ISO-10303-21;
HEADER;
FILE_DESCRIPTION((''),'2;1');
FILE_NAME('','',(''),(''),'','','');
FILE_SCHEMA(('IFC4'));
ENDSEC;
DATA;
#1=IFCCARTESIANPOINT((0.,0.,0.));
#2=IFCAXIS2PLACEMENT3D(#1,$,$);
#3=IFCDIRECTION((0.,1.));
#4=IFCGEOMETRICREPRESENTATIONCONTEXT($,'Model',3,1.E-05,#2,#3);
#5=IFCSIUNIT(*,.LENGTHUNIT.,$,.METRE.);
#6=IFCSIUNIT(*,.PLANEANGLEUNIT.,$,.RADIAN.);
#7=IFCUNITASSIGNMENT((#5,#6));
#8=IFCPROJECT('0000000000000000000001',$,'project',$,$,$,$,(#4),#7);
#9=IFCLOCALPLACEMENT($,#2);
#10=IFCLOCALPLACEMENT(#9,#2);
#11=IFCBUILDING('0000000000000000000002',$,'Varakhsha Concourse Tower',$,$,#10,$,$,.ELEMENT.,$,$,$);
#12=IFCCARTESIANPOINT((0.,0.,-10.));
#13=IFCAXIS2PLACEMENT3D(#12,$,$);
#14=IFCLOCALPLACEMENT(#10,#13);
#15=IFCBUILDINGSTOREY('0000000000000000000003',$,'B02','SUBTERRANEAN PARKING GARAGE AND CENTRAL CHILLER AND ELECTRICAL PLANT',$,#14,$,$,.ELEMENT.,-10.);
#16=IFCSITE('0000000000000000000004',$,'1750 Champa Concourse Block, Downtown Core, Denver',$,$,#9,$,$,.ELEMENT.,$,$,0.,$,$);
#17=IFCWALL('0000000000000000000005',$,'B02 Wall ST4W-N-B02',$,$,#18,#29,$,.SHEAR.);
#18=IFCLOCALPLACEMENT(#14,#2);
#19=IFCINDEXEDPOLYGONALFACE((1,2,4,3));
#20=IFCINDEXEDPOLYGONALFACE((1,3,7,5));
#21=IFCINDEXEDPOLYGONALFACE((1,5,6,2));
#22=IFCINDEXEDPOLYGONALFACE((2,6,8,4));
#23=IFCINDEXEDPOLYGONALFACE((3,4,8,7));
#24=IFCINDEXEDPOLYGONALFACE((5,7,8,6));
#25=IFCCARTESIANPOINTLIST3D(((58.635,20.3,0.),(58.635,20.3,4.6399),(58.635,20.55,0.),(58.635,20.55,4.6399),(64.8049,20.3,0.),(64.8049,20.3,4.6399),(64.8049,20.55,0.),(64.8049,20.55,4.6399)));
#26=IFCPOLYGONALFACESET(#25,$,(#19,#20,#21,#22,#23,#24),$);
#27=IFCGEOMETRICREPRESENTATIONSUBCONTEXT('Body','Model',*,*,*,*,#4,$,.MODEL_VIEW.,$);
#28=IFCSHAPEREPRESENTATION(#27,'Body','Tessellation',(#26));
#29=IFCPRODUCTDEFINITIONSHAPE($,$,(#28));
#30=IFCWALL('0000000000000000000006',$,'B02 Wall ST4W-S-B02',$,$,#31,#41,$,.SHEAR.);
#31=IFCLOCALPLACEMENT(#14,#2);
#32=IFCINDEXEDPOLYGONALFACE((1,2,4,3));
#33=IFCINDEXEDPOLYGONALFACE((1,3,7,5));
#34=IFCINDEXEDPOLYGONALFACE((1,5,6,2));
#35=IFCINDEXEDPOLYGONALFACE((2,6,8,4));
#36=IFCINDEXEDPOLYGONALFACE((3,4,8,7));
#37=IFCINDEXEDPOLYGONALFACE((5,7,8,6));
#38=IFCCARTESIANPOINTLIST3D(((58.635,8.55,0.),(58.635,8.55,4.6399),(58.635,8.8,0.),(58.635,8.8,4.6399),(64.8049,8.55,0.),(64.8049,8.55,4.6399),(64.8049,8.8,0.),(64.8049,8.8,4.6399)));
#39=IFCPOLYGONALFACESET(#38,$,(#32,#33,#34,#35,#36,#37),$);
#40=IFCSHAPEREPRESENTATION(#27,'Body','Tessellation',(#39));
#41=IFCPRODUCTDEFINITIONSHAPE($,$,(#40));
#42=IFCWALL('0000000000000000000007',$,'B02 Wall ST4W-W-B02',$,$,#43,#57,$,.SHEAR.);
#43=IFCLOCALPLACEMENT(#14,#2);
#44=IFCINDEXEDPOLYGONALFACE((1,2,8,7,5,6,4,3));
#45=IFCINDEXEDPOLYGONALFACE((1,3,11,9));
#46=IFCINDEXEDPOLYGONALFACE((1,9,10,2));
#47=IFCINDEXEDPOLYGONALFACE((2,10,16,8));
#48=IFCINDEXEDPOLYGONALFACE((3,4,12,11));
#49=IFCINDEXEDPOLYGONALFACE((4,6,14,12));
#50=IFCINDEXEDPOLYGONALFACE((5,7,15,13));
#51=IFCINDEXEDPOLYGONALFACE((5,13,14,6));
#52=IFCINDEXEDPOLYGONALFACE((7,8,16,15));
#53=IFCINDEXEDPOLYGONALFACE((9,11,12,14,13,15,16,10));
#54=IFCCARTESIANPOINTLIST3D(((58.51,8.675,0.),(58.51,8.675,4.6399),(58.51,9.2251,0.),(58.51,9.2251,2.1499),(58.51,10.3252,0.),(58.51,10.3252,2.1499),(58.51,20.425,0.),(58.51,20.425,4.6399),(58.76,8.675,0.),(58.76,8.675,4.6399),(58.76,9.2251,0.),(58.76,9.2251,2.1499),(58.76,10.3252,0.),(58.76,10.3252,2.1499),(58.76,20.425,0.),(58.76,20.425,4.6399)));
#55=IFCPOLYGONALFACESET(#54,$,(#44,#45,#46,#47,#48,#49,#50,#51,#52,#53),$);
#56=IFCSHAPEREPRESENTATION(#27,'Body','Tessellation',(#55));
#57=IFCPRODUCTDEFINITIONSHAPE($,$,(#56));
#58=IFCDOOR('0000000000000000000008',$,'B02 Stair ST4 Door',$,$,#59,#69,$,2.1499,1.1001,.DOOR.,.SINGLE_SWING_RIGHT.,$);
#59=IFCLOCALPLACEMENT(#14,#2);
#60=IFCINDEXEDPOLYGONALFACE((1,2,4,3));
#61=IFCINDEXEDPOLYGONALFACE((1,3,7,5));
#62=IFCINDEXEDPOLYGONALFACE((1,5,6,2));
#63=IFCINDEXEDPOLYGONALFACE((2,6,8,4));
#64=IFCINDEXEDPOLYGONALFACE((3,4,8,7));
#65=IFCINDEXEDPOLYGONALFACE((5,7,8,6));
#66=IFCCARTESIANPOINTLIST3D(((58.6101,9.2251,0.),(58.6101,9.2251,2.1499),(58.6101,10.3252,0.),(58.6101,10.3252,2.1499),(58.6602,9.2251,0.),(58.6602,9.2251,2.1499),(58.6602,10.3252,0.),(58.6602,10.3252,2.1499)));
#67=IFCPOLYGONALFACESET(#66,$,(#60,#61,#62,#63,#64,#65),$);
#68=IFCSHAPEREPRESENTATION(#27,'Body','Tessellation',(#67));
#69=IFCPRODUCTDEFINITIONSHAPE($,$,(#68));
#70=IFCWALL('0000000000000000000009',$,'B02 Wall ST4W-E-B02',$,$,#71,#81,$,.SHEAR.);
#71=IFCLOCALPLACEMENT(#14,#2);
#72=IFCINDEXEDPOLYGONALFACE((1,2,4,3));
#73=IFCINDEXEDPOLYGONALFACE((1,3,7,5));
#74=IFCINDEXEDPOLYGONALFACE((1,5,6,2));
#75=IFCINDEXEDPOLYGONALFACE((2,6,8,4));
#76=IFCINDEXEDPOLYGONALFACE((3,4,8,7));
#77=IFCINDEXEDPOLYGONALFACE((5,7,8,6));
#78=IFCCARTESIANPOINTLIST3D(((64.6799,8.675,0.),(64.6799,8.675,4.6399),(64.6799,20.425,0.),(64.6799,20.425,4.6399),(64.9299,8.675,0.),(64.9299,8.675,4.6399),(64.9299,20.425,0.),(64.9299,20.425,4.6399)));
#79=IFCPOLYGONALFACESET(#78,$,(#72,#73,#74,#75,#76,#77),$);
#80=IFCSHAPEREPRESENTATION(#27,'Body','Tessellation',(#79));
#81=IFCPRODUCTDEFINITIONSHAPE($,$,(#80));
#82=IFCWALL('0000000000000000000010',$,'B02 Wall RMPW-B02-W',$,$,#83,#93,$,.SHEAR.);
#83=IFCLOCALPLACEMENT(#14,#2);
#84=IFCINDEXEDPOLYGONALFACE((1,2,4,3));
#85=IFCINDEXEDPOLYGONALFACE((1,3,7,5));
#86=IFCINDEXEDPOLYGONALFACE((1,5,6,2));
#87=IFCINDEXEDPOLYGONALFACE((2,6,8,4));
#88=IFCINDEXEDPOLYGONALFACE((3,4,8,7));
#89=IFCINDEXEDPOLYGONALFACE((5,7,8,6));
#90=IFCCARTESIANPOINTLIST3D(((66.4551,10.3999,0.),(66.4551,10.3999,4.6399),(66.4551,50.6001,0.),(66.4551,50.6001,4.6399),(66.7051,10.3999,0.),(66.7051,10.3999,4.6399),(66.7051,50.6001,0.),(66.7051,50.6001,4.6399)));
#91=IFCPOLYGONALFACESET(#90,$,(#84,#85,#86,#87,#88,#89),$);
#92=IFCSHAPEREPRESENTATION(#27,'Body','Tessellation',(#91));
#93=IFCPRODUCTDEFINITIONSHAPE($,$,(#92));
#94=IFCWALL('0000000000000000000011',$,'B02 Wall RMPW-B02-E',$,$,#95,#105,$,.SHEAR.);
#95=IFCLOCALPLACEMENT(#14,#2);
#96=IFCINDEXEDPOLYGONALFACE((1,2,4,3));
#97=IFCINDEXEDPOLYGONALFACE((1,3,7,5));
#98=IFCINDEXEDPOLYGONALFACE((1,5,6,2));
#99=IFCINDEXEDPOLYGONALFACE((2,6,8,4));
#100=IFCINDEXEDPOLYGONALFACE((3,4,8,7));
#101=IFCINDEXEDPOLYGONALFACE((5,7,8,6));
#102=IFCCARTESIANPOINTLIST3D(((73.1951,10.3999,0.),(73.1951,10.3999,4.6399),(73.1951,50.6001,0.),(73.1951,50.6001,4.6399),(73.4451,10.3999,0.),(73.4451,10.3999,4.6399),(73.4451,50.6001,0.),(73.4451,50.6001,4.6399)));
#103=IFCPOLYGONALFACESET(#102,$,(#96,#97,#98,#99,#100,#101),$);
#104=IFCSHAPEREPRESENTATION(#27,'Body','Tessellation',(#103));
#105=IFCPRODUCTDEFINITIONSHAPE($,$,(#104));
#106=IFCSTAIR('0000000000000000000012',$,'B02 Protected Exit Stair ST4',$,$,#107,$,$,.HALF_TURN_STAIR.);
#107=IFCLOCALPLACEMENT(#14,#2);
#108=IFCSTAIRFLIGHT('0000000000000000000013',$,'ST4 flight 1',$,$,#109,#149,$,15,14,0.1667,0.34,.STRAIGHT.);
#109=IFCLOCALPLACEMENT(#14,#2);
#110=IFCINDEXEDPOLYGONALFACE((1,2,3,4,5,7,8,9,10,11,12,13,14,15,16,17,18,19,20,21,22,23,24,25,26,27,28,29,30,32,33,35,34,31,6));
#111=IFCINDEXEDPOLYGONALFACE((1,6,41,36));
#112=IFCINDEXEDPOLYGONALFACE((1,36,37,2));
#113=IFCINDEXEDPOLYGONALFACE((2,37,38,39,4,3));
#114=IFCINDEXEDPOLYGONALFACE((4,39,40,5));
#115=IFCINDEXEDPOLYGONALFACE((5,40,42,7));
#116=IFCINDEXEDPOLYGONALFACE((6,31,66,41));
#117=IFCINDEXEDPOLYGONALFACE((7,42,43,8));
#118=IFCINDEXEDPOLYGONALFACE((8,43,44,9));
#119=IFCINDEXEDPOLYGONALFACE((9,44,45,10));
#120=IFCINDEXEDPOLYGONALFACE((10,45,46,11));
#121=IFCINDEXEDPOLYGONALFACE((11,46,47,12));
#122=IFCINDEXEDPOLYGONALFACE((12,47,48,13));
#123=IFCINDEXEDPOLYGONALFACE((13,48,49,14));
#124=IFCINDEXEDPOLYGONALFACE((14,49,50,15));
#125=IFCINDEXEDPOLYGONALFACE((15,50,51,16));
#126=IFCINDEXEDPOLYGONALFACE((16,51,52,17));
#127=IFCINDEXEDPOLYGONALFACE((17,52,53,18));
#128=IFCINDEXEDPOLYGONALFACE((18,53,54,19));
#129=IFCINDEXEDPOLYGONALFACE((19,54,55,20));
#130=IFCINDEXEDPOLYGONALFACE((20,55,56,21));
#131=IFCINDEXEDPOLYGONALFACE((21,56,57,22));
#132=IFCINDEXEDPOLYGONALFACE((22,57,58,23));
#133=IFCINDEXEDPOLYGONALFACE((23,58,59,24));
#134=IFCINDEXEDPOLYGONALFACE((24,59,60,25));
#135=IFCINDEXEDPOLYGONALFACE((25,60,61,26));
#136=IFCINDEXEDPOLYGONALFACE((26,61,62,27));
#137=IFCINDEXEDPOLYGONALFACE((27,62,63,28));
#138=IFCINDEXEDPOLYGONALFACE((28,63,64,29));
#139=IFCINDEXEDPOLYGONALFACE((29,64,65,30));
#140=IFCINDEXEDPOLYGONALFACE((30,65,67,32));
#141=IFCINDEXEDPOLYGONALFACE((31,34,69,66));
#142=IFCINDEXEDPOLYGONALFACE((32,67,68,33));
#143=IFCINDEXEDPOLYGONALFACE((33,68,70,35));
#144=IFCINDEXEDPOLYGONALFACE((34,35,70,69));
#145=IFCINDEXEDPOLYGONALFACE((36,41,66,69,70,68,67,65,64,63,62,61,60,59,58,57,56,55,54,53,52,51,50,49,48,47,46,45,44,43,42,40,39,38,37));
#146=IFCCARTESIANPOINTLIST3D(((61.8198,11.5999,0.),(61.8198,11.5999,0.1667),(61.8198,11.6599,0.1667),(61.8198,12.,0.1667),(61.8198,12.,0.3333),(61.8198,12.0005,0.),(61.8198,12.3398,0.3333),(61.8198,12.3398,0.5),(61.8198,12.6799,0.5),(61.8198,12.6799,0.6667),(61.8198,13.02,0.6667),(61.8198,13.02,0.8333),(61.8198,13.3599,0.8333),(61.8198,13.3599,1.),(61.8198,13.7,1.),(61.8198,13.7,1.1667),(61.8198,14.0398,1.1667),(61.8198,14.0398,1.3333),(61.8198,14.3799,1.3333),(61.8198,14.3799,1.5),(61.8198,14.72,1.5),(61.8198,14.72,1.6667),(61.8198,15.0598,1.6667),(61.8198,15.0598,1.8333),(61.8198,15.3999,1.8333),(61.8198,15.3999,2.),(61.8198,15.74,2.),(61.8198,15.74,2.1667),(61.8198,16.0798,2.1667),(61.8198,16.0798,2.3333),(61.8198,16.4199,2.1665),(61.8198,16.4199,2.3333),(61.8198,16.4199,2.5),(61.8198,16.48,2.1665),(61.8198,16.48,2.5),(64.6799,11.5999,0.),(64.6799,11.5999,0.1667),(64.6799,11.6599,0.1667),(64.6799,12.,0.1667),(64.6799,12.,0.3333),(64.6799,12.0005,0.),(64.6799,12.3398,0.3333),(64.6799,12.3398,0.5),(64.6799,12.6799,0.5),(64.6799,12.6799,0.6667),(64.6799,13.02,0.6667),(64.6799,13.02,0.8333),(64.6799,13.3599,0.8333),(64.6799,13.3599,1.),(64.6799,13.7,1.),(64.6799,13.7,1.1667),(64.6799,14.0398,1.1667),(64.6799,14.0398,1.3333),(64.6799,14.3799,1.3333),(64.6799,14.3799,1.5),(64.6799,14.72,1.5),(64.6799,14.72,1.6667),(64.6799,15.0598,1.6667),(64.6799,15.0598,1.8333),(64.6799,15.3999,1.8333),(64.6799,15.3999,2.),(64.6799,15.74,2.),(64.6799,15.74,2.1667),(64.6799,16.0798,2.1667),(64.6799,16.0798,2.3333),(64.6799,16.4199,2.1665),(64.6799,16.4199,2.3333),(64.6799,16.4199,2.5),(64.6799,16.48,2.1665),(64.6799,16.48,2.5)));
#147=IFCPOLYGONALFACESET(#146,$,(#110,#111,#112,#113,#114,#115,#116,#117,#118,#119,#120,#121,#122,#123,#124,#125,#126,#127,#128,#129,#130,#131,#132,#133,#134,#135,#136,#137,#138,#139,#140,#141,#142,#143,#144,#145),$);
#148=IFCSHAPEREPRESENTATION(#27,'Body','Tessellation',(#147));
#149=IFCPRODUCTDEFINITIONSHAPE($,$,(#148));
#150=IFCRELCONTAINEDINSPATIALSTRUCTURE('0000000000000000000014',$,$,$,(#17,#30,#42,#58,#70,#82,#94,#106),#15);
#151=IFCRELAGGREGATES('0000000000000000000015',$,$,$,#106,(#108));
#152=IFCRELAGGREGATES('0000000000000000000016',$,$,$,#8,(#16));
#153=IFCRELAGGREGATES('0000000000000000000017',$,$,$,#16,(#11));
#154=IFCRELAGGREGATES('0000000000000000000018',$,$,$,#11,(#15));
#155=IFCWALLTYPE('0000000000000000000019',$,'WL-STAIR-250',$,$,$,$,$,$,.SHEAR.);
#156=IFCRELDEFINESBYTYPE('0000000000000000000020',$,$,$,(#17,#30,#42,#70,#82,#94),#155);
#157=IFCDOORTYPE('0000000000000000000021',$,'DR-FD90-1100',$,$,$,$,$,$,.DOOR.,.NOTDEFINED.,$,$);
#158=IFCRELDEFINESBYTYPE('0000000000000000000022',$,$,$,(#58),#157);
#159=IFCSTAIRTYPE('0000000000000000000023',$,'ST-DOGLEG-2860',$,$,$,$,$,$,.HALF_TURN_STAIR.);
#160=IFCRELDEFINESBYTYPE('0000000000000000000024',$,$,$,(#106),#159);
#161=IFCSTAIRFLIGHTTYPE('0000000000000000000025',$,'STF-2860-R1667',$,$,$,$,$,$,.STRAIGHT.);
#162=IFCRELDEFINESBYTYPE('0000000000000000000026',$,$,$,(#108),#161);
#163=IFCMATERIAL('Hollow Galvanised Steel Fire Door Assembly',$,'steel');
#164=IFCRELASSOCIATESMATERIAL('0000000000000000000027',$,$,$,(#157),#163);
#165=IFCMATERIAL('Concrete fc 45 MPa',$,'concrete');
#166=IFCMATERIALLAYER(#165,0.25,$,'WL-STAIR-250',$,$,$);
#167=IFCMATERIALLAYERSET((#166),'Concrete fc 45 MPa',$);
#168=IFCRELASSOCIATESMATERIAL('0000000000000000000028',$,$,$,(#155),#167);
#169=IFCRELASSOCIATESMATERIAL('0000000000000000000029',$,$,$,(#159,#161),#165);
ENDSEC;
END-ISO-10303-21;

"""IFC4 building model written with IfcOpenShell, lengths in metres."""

from ifc_helpers import new_model, si_unit, direction, frame, frame_2d, origin, place, context, subcontext, project, spatial, polyline, rectangle, outline, extrude, material, layer, layer_set, type_object, element, fill, aggregate, save


model = new_model("IFC4")

# Units and contexts
model_context = context("Model", 3, precision=1e-05, world=origin(), true_north=direction((0.0, 1.0)))
body_context = subcontext(model_context, "Body", "Model", "MODEL_VIEW")
ifc_project = project(units=[si_unit("LENGTHUNIT", "METRE"), si_unit("PLANEANGLEUNIT", "RADIAN")], contexts=[model_context])

# Site, building, storey
site_placement = place(None, origin())
site = spatial("IfcSite", under=ifc_project, at=site_placement, Name="1750 Champa Concourse Block, Downtown Core, Denver", CompositionType="ELEMENT", RefElevation=0.0)
building_placement = place(site_placement, origin())
building = spatial("IfcBuilding", under=site, at=building_placement, Name="Varakhsha Concourse Tower", CompositionType="ELEMENT")
storey_placement = place(building_placement, frame((0.0, 0.0, -10.0)))
storey = spatial("IfcBuildingStorey", under=building, at=storey_placement, Name="B02", Description="SUBTERRANEAN PARKING GARAGE AND CENTRAL CHILLER AND ELECTRICAL PLANT", CompositionType="ELEMENT", Elevation=-10.0)

# Shared definitions
ifc_material_1 = material(Name="Concrete fc 45 MPa", Category="concrete")

# Shared definitions
ifc_material_2 = material(Name="Hollow Galvanised Steel Fire Door Assembly", Category="steel")
door_type = type_object("IfcDoorType", Name="DR-FD90-1100", OperationType="NOTDEFINED", PredefinedType="DOOR", material=ifc_material_2)

# Walls
ifc_layer_1 = layer(ifc_material_1, 0.25, Name="WL-STAIR-250")
ifc_layer_set_1 = layer_set([ifc_layer_1], Name="Concrete fc 45 MPa")
wall_type_1 = type_object("IfcWallType", Name="WL-STAIR-250", PredefinedType="SHEAR", material=ifc_layer_set_1)
for number, where, z_axis, x_axis, name in (
    (1, (58.635, 20.425, 0.0), (0.0, 0.0, 1.0), (1.0, 0.0, 0.0), "B02 Wall ST4W-N-B02"),
    (2, (58.635, 8.675, 0.0), (0.0, 0.0, 1.0), (1.0, 0.0, 0.0), "B02 Wall ST4W-S-B02"),
):
    element("IfcWall", number, at=place(storey_placement, frame(where, z_axis=z_axis, x_axis=x_axis)), inside=storey, type_object=wall_type_1, Name=name, PredefinedType="SHEAR", context=body_context, shape_type="SweptSolid", body=[
        extrude(rectangle(XDim=6.1699, YDim=0.25, at=frame_2d((3.085, 0.0))), origin(), (0.0, 0.0, 1.0), 4.6399),
    ])

# Wall, opening, door
wall_1_placement = place(storey_placement, frame((58.635, 8.675, 0.0), z_axis=(0.0, 0.0, 1.0), x_axis=(0.0, 1.0, 0.0)))
wall_1 = element("IfcWall", 3, at=wall_1_placement, inside=storey, type_object=wall_type_1, Name="B02 Wall ST4W-W-B02", PredefinedType="SHEAR", context=body_context, shape_type="SweptSolid", body=[
    extrude(rectangle(XDim=11.75, YDim=0.25, at=frame_2d((5.875, 0.0))), origin(), (0.0, 0.0, 1.0), 4.6399),
])
opening_1_placement = place(wall_1_placement, frame((0.55, 0.0, 0.0)))
opening_1 = element("IfcOpeningElement", 4, at=opening_1_placement, cuts=wall_1, PredefinedType="OPENING", context=body_context, shape_type="SweptSolid", body=[
    extrude(rectangle(XDim=1.1001, YDim=2.1499, at=frame_2d((0.55, 1.075))), frame((0.0, 0.135, 0.0), z_axis=(0.0, -1.0, 0.0), x_axis=(1.0, 0.0, 0.0)), (0.0, 0.0, 1.0), 0.27),
])
door_1_placement = place(opening_1_placement, origin())
door_1 = element("IfcDoor", 5, at=door_1_placement, inside=storey, type_object=door_type, Name="B02 Stair ST4 Door", OperationType="SINGLE_SWING_RIGHT", OverallHeight=2.1499, OverallWidth=1.1001, PredefinedType="DOOR", context=body_context, shape_type="SweptSolid", body=[
    extrude(rectangle(XDim=1.1001, YDim=2.1499, at=frame_2d((0.55, 1.075))), frame((0.0, 0.0249, 0.0), z_axis=(0.0, -1.0, 0.0), x_axis=(1.0, 0.0, 0.0)), (0.0, 0.0, 1.0), 0.05),
])
fill(opening_1, door_1)

# Walls
wall_2_placement = place(storey_placement, frame((64.8049, 8.675, 0.0), z_axis=(0.0, 0.0, 1.0), x_axis=(0.0, 1.0, 0.0)))
element("IfcWall", 6, at=wall_2_placement, inside=storey, type_object=wall_type_1, Name="B02 Wall ST4W-E-B02", PredefinedType="SHEAR", context=body_context, shape_type="SweptSolid", body=[
    extrude(rectangle(XDim=11.75, YDim=0.25, at=frame_2d((5.875, 0.0))), origin(), (0.0, 0.0, 1.0), 4.6399),
])
for number, where, z_axis, x_axis, name in (
    (7, (66.5801, 10.3999, 0.0), (0.0, 0.0, 1.0), (0.0, 1.0, 0.0), "B02 Wall RMPW-B02-W"),
    (8, (73.3201, 10.3999, 0.0), (0.0, 0.0, 1.0), (0.0, 1.0, 0.0), "B02 Wall RMPW-B02-E"),
):
    element("IfcWall", number, at=place(storey_placement, frame(where, z_axis=z_axis, x_axis=x_axis)), inside=storey, type_object=wall_type_1, Name=name, PredefinedType="SHEAR", context=body_context, shape_type="SweptSolid", body=[
        extrude(rectangle(XDim=40.2002, YDim=0.25, at=frame_2d((20.1001, 0.0))), origin(), (0.0, 0.0, 1.0), 4.6399),
    ])

# Stair, stair flight
stair_type = type_object("IfcStairType", Name="ST-DOGLEG-2860", PredefinedType="HALF_TURN_STAIR", material=ifc_material_1)
stair_placement = place(storey_placement, origin())
stair = element("IfcStair", 9, at=stair_placement, inside=storey, type_object=stair_type, Name="B02 Protected Exit Stair ST4", PredefinedType="HALF_TURN_STAIR")
stair_flight_type = type_object("IfcStairFlightType", Name="STF-2860-R1667", PredefinedType="STRAIGHT", material=ifc_material_1)
stair_flight_1_placement = place(storey_placement, frame((63.25, 11.6599, 0.0), z_axis=(0.0, 0.0, 1.0), x_axis=(0.0, 1.0, 0.0)))
stair_flight_1 = element("IfcStairFlight", 10, at=stair_flight_1_placement, type_object=stair_flight_type, Name="ST4 flight 1", NumberOfRisers=15, NumberOfTreads=14, PredefinedType="STRAIGHT", RiserHeight=0.1667, TreadLength=0.34, context=body_context, shape_type="SweptSolid", body=[
    extrude(outline(polyline([(-0.0601, 0.0), (-0.0601, 0.1667), (0.0, 0.1667), (0.3401, 0.1667), (0.3401, 0.3333), (0.6799, 0.3333), (0.6799, 0.5), (1.02, 0.5), (1.02, 0.6667), (1.3601, 0.6667), (1.3601, 0.8333), (1.7, 0.8333), (1.7, 1.0), (2.04, 1.0), (2.04, 1.1667), (2.3799, 1.1667), (2.3799, 1.3333), (2.72, 1.3333), (2.72, 1.5), (3.0601, 1.5), (3.0601, 1.6667), (3.3999, 1.6667), (3.3999, 1.8333), (3.74, 1.8333), (3.74, 2.0), (4.0801, 2.0), (4.0801, 2.1667), (4.4199, 2.1667), (4.4199, 2.3333), (4.76, 2.3333), (4.76, 2.5), (4.8201, 2.5), (4.8201, 2.1665), (4.76, 2.1665), (0.3406, 0.0), (-0.0601, 0.0)])), frame((0.0, 1.4302, 0.0), z_axis=(0.0, -1.0, 0.0), x_axis=(1.0, 0.0, 0.0)), (0.0, 0.0, 1.0), 2.8601),
])
aggregate(stair, [stair_flight_1])

save(model, "model.ifc")
